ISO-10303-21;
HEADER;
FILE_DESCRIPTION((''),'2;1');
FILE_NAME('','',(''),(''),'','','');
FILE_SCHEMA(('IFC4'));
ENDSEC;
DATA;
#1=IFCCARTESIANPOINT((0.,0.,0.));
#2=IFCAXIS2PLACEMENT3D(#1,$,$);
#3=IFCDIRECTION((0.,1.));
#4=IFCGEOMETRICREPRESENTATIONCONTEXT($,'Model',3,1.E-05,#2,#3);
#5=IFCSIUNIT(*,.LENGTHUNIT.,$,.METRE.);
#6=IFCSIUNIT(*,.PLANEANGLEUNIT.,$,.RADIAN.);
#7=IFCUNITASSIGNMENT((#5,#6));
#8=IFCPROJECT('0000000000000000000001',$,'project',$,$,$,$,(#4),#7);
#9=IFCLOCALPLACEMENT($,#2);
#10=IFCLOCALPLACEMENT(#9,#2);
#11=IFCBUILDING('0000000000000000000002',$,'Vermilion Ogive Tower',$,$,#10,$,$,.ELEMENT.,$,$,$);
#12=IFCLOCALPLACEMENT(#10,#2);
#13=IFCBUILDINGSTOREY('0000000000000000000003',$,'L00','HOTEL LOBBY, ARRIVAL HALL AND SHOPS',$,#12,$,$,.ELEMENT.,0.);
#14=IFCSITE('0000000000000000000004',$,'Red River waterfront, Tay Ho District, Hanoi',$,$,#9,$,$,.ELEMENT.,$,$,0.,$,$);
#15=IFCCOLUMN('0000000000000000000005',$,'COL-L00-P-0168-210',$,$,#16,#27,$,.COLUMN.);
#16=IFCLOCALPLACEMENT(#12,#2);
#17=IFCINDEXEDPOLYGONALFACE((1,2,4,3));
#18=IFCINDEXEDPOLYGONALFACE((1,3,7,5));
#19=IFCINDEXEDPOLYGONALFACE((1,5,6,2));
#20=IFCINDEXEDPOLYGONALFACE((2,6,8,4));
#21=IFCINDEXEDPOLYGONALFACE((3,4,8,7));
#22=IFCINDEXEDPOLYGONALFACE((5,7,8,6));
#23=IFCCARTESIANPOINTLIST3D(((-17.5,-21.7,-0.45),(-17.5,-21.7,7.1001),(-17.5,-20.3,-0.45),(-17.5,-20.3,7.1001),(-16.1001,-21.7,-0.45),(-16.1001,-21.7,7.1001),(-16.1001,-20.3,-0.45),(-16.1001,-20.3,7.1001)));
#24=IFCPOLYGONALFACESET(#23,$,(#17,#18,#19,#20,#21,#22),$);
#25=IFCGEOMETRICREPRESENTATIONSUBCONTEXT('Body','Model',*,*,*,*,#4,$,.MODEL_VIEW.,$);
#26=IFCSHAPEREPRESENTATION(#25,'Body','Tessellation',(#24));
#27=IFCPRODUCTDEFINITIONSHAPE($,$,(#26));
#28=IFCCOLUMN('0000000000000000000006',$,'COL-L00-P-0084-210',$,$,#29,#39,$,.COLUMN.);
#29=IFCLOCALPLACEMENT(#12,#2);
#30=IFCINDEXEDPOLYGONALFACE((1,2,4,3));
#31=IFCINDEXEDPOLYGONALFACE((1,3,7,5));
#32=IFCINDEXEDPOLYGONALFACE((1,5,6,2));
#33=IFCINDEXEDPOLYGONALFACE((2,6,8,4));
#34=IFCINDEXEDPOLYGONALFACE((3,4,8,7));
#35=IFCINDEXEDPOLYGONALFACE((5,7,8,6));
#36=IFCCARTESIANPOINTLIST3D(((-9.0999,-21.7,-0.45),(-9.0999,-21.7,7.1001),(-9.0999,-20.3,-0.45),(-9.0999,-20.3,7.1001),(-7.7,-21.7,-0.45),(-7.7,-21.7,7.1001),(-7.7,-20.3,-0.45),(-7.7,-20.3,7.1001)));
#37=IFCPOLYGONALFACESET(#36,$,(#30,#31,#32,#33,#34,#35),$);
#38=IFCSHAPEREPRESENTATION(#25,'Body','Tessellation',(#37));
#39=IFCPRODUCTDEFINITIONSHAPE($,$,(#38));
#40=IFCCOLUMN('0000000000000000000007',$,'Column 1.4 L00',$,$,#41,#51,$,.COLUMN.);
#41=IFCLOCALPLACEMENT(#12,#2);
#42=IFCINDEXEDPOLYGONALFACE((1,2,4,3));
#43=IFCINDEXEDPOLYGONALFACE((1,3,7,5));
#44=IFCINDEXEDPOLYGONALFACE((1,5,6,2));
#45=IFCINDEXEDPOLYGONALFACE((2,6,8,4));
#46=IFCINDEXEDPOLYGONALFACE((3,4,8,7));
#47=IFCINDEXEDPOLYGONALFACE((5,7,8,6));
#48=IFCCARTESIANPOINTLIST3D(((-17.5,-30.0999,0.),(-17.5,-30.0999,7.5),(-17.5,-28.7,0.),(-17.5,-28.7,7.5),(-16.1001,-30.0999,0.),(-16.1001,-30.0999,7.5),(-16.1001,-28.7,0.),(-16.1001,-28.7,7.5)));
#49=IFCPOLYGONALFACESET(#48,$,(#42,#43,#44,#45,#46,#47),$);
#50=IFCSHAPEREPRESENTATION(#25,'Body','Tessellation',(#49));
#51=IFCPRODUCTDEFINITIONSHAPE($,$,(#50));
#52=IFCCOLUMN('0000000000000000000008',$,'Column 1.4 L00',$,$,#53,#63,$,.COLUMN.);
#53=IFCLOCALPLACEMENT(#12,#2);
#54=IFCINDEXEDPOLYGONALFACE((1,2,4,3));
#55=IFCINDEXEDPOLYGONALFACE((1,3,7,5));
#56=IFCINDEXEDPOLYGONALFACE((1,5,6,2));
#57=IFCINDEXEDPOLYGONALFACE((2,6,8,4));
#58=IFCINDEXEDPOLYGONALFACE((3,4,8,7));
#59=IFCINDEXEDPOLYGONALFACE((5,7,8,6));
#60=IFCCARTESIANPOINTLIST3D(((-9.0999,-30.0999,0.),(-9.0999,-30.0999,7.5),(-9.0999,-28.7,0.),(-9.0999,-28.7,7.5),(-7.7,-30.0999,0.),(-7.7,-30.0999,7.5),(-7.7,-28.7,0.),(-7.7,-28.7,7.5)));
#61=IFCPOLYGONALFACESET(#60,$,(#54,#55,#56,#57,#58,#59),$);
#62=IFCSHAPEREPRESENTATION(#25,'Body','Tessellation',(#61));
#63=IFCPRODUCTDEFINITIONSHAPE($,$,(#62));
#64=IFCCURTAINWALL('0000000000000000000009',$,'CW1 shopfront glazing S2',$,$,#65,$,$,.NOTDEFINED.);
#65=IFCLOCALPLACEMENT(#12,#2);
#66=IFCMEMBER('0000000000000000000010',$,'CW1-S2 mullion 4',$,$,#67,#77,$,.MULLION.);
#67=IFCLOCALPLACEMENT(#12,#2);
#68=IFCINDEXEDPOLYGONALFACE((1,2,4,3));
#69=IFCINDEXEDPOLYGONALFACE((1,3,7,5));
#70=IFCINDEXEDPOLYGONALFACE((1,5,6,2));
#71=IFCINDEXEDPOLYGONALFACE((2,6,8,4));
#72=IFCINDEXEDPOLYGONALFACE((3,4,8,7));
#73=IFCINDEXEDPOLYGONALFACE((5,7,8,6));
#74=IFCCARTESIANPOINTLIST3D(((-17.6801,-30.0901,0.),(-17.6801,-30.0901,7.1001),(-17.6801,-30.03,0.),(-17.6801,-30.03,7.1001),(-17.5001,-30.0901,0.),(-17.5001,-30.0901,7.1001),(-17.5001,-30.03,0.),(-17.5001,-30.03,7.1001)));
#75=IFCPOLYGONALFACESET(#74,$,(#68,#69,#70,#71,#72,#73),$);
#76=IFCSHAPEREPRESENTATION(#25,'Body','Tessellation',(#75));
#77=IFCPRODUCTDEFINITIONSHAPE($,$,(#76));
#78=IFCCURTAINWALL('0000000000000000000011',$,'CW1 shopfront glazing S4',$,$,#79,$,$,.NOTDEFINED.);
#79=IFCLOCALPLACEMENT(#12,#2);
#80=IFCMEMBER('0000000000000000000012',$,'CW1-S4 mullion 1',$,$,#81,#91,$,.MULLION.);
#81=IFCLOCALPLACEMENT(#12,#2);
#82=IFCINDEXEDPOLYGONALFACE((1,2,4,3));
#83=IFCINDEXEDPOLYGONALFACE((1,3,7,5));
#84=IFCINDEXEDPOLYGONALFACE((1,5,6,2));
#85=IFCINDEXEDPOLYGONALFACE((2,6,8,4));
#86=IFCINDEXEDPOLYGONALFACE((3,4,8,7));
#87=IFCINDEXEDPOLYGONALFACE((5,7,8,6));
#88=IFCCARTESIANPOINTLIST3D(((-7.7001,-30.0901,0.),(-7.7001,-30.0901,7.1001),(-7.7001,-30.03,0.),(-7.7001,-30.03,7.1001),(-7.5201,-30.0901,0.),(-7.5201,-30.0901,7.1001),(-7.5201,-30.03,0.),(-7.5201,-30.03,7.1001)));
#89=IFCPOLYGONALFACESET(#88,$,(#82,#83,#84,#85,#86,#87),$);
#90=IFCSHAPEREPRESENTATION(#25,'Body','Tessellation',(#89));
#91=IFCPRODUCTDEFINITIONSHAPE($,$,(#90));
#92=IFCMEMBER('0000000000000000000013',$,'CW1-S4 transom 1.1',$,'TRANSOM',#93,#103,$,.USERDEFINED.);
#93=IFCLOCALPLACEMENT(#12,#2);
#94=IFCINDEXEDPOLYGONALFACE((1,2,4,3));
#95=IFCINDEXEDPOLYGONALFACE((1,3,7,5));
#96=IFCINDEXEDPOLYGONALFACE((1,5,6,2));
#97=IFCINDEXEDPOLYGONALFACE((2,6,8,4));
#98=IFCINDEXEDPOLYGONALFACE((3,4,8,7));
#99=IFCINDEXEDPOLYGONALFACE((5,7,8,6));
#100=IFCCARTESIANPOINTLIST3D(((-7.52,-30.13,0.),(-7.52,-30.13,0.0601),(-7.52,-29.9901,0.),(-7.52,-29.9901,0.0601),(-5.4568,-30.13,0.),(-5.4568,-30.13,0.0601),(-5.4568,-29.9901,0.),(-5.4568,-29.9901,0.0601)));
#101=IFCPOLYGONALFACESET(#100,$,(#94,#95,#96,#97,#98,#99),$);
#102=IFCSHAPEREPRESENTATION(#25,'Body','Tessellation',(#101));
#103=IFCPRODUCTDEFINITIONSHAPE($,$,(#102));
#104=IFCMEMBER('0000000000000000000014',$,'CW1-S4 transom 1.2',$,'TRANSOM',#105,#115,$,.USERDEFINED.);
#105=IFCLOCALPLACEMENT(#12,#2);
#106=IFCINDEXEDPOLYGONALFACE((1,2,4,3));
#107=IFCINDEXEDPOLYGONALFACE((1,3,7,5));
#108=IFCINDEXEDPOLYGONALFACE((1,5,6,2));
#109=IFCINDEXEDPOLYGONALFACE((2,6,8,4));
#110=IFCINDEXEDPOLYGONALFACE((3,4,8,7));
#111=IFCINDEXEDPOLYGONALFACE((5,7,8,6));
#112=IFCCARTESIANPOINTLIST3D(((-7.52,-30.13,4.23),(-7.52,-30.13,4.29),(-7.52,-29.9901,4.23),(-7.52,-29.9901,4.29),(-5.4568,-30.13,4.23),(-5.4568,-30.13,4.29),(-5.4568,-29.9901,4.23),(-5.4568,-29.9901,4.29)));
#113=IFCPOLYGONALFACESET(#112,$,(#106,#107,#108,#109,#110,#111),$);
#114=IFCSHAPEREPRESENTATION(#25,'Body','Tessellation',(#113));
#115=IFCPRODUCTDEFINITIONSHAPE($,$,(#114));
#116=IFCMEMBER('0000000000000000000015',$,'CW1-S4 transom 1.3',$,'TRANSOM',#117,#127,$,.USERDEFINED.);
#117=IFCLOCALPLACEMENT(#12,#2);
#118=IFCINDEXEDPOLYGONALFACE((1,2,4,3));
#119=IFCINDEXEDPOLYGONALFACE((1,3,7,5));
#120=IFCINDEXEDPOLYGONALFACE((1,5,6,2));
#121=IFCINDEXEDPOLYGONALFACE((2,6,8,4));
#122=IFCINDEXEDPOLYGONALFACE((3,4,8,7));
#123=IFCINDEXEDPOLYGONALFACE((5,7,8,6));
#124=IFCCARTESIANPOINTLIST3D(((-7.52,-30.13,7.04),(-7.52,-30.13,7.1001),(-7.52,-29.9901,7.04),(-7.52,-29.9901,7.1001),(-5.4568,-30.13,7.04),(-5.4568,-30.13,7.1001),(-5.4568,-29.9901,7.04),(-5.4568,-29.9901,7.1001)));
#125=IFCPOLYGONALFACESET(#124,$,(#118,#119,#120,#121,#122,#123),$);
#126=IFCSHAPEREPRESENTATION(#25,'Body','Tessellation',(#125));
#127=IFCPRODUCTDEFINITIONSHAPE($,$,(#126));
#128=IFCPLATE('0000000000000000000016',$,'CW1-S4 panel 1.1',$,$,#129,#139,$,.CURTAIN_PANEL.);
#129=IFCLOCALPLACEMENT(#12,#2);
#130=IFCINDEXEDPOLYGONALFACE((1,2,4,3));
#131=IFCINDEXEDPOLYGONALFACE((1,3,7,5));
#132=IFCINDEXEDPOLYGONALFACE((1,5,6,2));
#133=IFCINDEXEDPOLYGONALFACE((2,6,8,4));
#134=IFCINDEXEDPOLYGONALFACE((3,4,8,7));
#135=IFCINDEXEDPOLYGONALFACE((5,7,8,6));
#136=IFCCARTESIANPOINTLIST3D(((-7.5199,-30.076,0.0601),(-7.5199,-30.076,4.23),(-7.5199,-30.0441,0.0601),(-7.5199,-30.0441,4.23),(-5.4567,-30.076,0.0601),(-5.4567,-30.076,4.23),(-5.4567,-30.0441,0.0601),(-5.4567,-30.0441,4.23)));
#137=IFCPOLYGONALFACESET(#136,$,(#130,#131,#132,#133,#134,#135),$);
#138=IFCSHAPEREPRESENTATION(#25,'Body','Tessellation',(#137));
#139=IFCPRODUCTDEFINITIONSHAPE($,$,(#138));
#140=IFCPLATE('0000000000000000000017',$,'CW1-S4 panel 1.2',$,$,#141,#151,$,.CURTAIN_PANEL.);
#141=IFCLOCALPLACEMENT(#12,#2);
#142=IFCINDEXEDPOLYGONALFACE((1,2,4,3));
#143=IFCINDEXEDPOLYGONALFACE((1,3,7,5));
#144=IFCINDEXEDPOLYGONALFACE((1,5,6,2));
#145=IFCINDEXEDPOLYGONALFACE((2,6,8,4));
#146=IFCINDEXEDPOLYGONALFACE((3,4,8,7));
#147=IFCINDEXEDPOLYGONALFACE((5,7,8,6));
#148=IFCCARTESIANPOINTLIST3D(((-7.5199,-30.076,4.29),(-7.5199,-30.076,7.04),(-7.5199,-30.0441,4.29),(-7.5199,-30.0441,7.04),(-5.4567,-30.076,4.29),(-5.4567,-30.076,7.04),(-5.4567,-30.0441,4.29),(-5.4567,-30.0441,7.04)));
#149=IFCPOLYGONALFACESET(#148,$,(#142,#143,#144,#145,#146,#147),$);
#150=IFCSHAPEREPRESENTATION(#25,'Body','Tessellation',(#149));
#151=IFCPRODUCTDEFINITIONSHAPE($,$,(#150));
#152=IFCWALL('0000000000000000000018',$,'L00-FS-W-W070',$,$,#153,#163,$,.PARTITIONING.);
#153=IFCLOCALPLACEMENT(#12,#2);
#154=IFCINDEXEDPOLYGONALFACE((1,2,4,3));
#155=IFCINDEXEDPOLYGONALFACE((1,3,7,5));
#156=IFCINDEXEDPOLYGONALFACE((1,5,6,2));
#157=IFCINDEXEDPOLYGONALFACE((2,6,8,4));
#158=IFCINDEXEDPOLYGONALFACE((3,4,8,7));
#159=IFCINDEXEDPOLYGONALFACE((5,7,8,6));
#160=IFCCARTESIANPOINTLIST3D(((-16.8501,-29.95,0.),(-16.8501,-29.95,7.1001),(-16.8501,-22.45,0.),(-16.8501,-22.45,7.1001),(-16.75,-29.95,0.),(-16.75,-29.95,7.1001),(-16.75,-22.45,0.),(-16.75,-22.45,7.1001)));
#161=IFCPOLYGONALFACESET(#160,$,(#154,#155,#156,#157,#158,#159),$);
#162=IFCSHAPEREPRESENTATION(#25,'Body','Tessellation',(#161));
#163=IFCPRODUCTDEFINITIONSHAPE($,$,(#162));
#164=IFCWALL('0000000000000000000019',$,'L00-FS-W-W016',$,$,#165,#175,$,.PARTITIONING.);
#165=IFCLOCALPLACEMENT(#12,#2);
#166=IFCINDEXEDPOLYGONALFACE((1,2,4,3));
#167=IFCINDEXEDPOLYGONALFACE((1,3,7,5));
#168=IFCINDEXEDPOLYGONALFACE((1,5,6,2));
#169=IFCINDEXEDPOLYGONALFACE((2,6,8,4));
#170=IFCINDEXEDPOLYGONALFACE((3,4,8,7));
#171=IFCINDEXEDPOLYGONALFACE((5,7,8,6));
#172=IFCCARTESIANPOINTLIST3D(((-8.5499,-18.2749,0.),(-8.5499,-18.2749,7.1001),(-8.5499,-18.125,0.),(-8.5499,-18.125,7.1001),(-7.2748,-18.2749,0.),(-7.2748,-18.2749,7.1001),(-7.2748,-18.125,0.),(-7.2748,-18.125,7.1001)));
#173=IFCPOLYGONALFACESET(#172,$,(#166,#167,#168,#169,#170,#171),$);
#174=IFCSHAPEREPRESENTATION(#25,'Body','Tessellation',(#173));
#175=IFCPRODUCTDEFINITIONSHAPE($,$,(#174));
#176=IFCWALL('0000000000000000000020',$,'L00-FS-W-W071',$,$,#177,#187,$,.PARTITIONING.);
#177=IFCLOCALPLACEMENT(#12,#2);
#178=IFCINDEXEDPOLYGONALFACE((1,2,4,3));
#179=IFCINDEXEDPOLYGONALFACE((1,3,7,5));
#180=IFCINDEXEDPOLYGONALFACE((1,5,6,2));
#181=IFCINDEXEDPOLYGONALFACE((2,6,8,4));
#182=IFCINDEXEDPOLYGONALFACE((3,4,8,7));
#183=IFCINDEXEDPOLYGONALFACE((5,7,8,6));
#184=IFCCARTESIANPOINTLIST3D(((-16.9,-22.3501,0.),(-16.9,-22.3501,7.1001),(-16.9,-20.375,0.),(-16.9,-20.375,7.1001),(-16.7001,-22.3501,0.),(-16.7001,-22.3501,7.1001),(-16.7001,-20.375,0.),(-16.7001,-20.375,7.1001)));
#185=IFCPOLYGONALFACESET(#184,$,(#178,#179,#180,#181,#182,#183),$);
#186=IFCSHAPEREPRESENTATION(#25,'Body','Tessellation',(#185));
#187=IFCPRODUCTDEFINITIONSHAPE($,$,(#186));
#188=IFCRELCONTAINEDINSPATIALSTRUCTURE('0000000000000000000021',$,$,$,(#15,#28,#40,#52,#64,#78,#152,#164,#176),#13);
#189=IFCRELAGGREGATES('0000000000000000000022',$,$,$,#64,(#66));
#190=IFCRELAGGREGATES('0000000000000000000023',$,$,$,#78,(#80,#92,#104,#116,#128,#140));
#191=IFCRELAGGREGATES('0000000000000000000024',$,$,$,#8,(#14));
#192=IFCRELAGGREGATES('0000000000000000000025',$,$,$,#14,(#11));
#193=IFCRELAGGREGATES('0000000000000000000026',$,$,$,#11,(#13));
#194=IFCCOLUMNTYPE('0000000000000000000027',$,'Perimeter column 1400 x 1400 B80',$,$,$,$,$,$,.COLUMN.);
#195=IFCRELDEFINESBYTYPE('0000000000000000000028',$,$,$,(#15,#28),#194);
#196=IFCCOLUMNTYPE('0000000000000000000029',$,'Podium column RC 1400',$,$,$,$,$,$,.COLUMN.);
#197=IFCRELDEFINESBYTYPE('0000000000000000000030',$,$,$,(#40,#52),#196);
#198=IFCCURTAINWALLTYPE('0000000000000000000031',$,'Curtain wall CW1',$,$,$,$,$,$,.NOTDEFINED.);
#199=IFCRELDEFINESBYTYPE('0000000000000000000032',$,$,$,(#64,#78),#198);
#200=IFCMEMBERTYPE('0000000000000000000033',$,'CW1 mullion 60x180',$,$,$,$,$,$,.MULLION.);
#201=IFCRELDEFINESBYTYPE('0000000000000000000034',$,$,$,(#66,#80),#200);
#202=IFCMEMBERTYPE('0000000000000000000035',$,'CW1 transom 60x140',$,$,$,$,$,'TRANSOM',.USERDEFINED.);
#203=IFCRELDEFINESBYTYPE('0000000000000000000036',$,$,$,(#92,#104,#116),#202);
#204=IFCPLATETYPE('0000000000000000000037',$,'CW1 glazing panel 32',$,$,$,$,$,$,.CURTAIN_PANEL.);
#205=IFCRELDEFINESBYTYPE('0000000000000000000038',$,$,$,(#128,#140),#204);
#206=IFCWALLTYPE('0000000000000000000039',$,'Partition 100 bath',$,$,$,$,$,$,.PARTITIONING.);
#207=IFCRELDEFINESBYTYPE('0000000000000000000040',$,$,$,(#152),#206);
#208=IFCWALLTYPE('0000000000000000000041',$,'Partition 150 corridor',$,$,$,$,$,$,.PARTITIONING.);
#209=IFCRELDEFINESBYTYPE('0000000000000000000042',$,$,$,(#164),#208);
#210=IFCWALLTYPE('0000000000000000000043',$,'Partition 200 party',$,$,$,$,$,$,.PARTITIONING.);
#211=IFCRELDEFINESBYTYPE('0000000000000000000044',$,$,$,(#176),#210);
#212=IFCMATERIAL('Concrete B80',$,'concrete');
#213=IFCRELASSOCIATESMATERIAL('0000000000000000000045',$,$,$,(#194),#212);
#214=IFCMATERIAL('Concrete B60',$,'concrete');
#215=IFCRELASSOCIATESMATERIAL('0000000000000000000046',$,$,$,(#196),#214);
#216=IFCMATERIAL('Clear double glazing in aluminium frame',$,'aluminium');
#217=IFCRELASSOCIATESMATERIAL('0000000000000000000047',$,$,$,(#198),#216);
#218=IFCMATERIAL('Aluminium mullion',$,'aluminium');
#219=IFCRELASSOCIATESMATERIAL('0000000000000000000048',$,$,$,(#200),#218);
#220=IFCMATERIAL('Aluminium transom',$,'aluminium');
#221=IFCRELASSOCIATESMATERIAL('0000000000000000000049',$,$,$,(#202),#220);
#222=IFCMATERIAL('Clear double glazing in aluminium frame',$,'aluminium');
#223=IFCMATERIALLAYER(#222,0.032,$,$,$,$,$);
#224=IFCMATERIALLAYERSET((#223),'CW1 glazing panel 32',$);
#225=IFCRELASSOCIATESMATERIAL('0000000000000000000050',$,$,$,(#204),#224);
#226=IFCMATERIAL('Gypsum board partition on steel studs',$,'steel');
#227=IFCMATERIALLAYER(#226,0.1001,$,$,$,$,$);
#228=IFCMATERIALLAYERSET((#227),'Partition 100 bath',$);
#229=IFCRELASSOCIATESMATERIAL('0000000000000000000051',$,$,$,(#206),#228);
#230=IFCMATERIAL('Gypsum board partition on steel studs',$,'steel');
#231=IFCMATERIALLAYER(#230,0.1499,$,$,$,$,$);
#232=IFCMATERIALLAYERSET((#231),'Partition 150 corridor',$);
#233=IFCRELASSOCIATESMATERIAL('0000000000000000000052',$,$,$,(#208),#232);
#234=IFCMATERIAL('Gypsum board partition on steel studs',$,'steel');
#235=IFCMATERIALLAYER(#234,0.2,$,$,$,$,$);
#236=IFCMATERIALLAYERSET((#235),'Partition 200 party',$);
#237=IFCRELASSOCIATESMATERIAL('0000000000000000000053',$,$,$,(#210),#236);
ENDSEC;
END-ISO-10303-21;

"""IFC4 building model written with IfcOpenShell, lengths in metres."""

from ifc_helpers import new_model, si_unit, direction, frame, frame_2d, origin, origin_2d, place, context, subcontext, project, spatial, rectangle, extrude, material, layer, layer_set, material_profile, profile_set, type_object, element, aggregate, save


model = new_model("IFC4")

# Units and contexts
model_context = context("Model", 3, precision=1e-05, world=origin(), true_north=direction((0.0, 1.0)))
body_context = subcontext(model_context, "Body", "Model", "MODEL_VIEW")
ifc_project = project(units=[si_unit("LENGTHUNIT", "METRE"), si_unit("PLANEANGLEUNIT", "RADIAN")], contexts=[model_context])

# Site, building, storey
site_placement = place(None, origin())
site = spatial("IfcSite", under=ifc_project, at=site_placement, Name="Red River waterfront, Tay Ho District, Hanoi", CompositionType="ELEMENT", RefElevation=0.0)
building_placement = place(site_placement, origin())
building = spatial("IfcBuilding", under=site, at=building_placement, Name="Vermilion Ogive Tower", CompositionType="ELEMENT")
storey_placement = place(building_placement, origin())
storey = spatial("IfcBuildingStorey", under=building, at=storey_placement, Name="L00", Description="HOTEL LOBBY, ARRIVAL HALL AND SHOPS", CompositionType="ELEMENT", Elevation=0.0)

# Columns
ifc_material_1 = material(Name="Concrete B80", Category="concrete")
ifc_material_profile_1 = material_profile(ifc_material_1, rectangle(XDim=1.3999, YDim=1.3999, at=origin_2d()), Name="1400 x 1400")
ifc_profile_set_1 = profile_set([ifc_material_profile_1], Name="Concrete B80")
column_type_1 = type_object("IfcColumnType", Name="Perimeter column 1400 x 1400 B80", PredefinedType="COLUMN", material=ifc_profile_set_1)
for number, where, z_axis, x_axis, name in (
    (1, (-16.8, -21.0, -0.45), (0.0, 0.0, 1.0), (1.0, 0.0, 0.0), "COL-L00-P-0168-210"),
    (2, (-8.3999, -21.0, -0.45), (0.0, 0.0, 1.0), (1.0, 0.0, 0.0), "COL-L00-P-0084-210"),
):
    element("IfcColumn", number, at=place(storey_placement, frame(where, z_axis=z_axis, x_axis=x_axis)), inside=storey, type_object=column_type_1, Name=name, PredefinedType="COLUMN", context=body_context, shape_type="SweptSolid", body=[
        extrude(rectangle(XDim=1.3999, YDim=1.3999, at=origin_2d()), origin(), (0.0, 0.0, 1.0), 7.55),
    ])
ifc_material_2 = material(Name="Concrete B60", Category="concrete")
ifc_material_profile_2 = material_profile(ifc_material_2, rectangle(XDim=1.3999, YDim=1.3999, at=origin_2d()), Name="RC 1400x1400")
ifc_profile_set_2 = profile_set([ifc_material_profile_2], Name="Concrete B60")
column_type_2 = type_object("IfcColumnType", Name="Podium column RC 1400", PredefinedType="COLUMN", material=ifc_profile_set_2)
for number, where, z_axis, x_axis, name in (
    (3, (-16.8, -29.3999, 0.0), (0.0, 0.0, 1.0), (1.0, 0.0, 0.0), "Column 1.4 L00"),
    (4, (-8.3999, -29.3999, 0.0), (0.0, 0.0, 1.0), (1.0, 0.0, 0.0), "Column 1.4 L00"),
):
    element("IfcColumn", number, at=place(storey_placement, frame(where, z_axis=z_axis, x_axis=x_axis)), inside=storey, type_object=column_type_2, Name=name, PredefinedType="COLUMN", context=body_context, shape_type="SweptSolid", body=[
        extrude(rectangle(XDim=1.3999, YDim=1.3999, at=origin_2d()), origin(), (0.0, 0.0, 1.0), 7.5),
    ])

# Curtain wall, member
ifc_material_3 = material(Name="Clear double glazing in aluminium frame", Category="aluminium")
curtain_wall_type = type_object("IfcCurtainWallType", Name="Curtain wall CW1", PredefinedType="NOTDEFINED", material=ifc_material_3)
curtain_wall_1_placement = place(storey_placement, origin())
curtain_wall_1 = element("IfcCurtainWall", 5, at=curtain_wall_1_placement, inside=storey, type_object=curtain_wall_type, Name="CW1 shopfront glazing S2", PredefinedType="NOTDEFINED")
ifc_material_4 = material(Name="Aluminium mullion", Category="aluminium")
ifc_material_profile_3 = material_profile(ifc_material_4, rectangle(XDim=0.0601, YDim=0.1799, at=origin_2d()), Name="AL 60x180")
ifc_profile_set_3 = profile_set([ifc_material_profile_3], Name="Aluminium mullion")
member_type_1 = type_object("IfcMemberType", Name="CW1 mullion 60x180", PredefinedType="MULLION", material=ifc_profile_set_3)
member_1_placement = place(storey_placement, frame((-17.5901, -30.0601, 0.0), z_axis=(0.0, 0.0, 1.0), x_axis=(0.0, 1.0, 0.0)))
member_1 = element("IfcMember", 6, at=member_1_placement, type_object=member_type_1, Name="CW1-S2 mullion 4", PredefinedType="MULLION", context=body_context, shape_type="SweptSolid", body=[
    extrude(rectangle(XDim=0.0601, YDim=0.1799, at=origin_2d()), origin(), (0.0, 0.0, 1.0), 7.1001),
])
aggregate(curtain_wall_1, [member_1])

# Curtain wall, members, plates
curtain_wall_2_placement = place(storey_placement, origin())
curtain_wall_2 = element("IfcCurtainWall", 7, at=curtain_wall_2_placement, inside=storey, type_object=curtain_wall_type, Name="CW1 shopfront glazing S4", PredefinedType="NOTDEFINED")
member_2_placement = place(storey_placement, frame((-7.6101, -30.0601, 0.0), z_axis=(0.0, 0.0, 1.0), x_axis=(0.0, 1.0, 0.0)))
member_2 = element("IfcMember", 8, at=member_2_placement, type_object=member_type_1, Name="CW1-S4 mullion 1", PredefinedType="MULLION", context=body_context, shape_type="SweptSolid", body=[
    extrude(rectangle(XDim=0.0601, YDim=0.1799, at=origin_2d()), origin(), (0.0, 0.0, 1.0), 7.1001),
])
ifc_material_5 = material(Name="Aluminium transom", Category="aluminium")
ifc_material_profile_4 = material_profile(ifc_material_5, rectangle(XDim=0.1399, YDim=0.0601, at=origin_2d()), Name="AL 60x140")
ifc_profile_set_4 = profile_set([ifc_material_profile_4], Name="Aluminium transom")
member_type_2 = type_object("IfcMemberType", Name="CW1 transom 60x140", ElementType="TRANSOM", PredefinedType="USERDEFINED", material=ifc_profile_set_4)
member_3_placement = place(storey_placement, frame((-7.52, -30.0601, 0.03), z_axis=(1.0, 0.0, 0.0), x_axis=(0.0, 1.0, 0.0)))
member_3 = element("IfcMember", 9, at=member_3_placement, type_object=member_type_2, Name="CW1-S4 transom 1.1", ObjectType="TRANSOM", PredefinedType="USERDEFINED", context=body_context, shape_type="SweptSolid", body=[
    extrude(rectangle(XDim=0.1399, YDim=0.0601, at=origin_2d()), origin(), (0.0, 0.0, 1.0), 2.0632),
])
member_4_placement = place(storey_placement, frame((-7.52, -30.0601, 4.26), z_axis=(1.0, 0.0, 0.0), x_axis=(0.0, 1.0, 0.0)))
member_4 = element("IfcMember", 10, at=member_4_placement, type_object=member_type_2, Name="CW1-S4 transom 1.2", ObjectType="TRANSOM", PredefinedType="USERDEFINED", context=body_context, shape_type="SweptSolid", body=[
    extrude(rectangle(XDim=0.1399, YDim=0.0601, at=origin_2d()), origin(), (0.0, 0.0, 1.0), 2.0632),
])
member_5_placement = place(storey_placement, frame((-7.52, -30.0601, 7.0701), z_axis=(1.0, 0.0, 0.0), x_axis=(0.0, 1.0, 0.0)))
member_5 = element("IfcMember", 11, at=member_5_placement, type_object=member_type_2, Name="CW1-S4 transom 1.3", ObjectType="TRANSOM", PredefinedType="USERDEFINED", context=body_context, shape_type="SweptSolid", body=[
    extrude(rectangle(XDim=0.1399, YDim=0.0601, at=origin_2d()), origin(), (0.0, 0.0, 1.0), 2.0632),
])
ifc_material_6 = material(Name="Clear double glazing in aluminium frame", Category="aluminium")
ifc_layer_1 = layer(ifc_material_6, 0.032)
ifc_layer_set_1 = layer_set([ifc_layer_1], Name="CW1 glazing panel 32")
plate_type = type_object("IfcPlateType", Name="CW1 glazing panel 32", PredefinedType="CURTAIN_PANEL", material=ifc_layer_set_1)
plate_1_placement = place(storey_placement, frame((-6.4883, -30.0601, 0.0601), z_axis=(0.0, 0.0, 1.0), x_axis=(1.0, 0.0, 0.0)))
plate_1 = element("IfcPlate", 12, at=plate_1_placement, type_object=plate_type, Name="CW1-S4 panel 1.1", PredefinedType="CURTAIN_PANEL", context=body_context, shape_type="SweptSolid", body=[
    extrude(rectangle(XDim=2.0632, YDim=0.032, at=origin_2d()), origin(), (0.0, 0.0, 1.0), 4.1699),
])
plate_2_placement = place(storey_placement, frame((-6.4883, -30.0601, 4.29), z_axis=(0.0, 0.0, 1.0), x_axis=(1.0, 0.0, 0.0)))
plate_2 = element("IfcPlate", 13, at=plate_2_placement, type_object=plate_type, Name="CW1-S4 panel 1.2", PredefinedType="CURTAIN_PANEL", context=body_context, shape_type="SweptSolid", body=[
    extrude(rectangle(XDim=2.0632, YDim=0.032, at=origin_2d()), origin(), (0.0, 0.0, 1.0), 2.75),
])
aggregate(curtain_wall_2, [member_2, member_3, member_4, member_5, plate_1, plate_2])

# Walls
ifc_material_7 = material(Name="Gypsum board partition on steel studs", Category="steel")
ifc_layer_2 = layer(ifc_material_7, 0.1001)
ifc_layer_set_2 = layer_set([ifc_layer_2], Name="Partition 100 bath")
wall_type_1 = type_object("IfcWallType", Name="Partition 100 bath", PredefinedType="PARTITIONING", material=ifc_layer_set_2)
wall_1_placement = place(storey_placement, frame((-16.8, -29.95, 0.0), z_axis=(0.0, 0.0, 1.0), x_axis=(0.0, 1.0, 0.0)))
element("IfcWall", 14, at=wall_1_placement, inside=storey, type_object=wall_type_1, Name="L00-FS-W-W070", PredefinedType="PARTITIONING", context=body_context, shape_type="SweptSolid", body=[
    extrude(rectangle(XDim=7.5, YDim=0.1001, at=frame_2d((3.75, 0.0))), origin(), (0.0, 0.0, 1.0), 7.1001),
])
ifc_material_8 = material(Name="Gypsum board partition on steel studs", Category="steel")
ifc_layer_3 = layer(ifc_material_8, 0.1499)
ifc_layer_set_3 = layer_set([ifc_layer_3], Name="Partition 150 corridor")
wall_type_2 = type_object("IfcWallType", Name="Partition 150 corridor", PredefinedType="PARTITIONING", material=ifc_layer_set_3)
wall_2_placement = place(storey_placement, frame((-8.55, -18.2, 0.0), z_axis=(0.0, 0.0, 1.0), x_axis=(1.0, 0.0, 0.0)))
element("IfcWall", 15, at=wall_2_placement, inside=storey, type_object=wall_type_2, Name="L00-FS-W-W016", PredefinedType="PARTITIONING", context=body_context, shape_type="SweptSolid", body=[
    extrude(rectangle(XDim=1.2751, YDim=0.1499, at=frame_2d((0.6377, 0.0))), origin(), (0.0, 0.0, 1.0), 7.1001),
])
ifc_material_9 = material(Name="Gypsum board partition on steel studs", Category="steel")
ifc_layer_4 = layer(ifc_material_9, 0.2)
ifc_layer_set_4 = layer_set([ifc_layer_4], Name="Partition 200 party")
wall_type_3 = type_object("IfcWallType", Name="Partition 200 party", PredefinedType="PARTITIONING", material=ifc_layer_set_4)
wall_3_placement = place(storey_placement, frame((-16.8, -22.3501, 0.0), z_axis=(0.0, 0.0, 1.0), x_axis=(0.0, 1.0, 0.0)))
element("IfcWall", 16, at=wall_3_placement, inside=storey, type_object=wall_type_3, Name="L00-FS-W-W071", PredefinedType="PARTITIONING", context=body_context, shape_type="SweptSolid", body=[
    extrude(rectangle(XDim=1.9751, YDim=0.2, at=frame_2d((0.9875, 0.0))), origin(), (0.0, 0.0, 1.0), 7.1001),
])

save(model, "model.ifc")
